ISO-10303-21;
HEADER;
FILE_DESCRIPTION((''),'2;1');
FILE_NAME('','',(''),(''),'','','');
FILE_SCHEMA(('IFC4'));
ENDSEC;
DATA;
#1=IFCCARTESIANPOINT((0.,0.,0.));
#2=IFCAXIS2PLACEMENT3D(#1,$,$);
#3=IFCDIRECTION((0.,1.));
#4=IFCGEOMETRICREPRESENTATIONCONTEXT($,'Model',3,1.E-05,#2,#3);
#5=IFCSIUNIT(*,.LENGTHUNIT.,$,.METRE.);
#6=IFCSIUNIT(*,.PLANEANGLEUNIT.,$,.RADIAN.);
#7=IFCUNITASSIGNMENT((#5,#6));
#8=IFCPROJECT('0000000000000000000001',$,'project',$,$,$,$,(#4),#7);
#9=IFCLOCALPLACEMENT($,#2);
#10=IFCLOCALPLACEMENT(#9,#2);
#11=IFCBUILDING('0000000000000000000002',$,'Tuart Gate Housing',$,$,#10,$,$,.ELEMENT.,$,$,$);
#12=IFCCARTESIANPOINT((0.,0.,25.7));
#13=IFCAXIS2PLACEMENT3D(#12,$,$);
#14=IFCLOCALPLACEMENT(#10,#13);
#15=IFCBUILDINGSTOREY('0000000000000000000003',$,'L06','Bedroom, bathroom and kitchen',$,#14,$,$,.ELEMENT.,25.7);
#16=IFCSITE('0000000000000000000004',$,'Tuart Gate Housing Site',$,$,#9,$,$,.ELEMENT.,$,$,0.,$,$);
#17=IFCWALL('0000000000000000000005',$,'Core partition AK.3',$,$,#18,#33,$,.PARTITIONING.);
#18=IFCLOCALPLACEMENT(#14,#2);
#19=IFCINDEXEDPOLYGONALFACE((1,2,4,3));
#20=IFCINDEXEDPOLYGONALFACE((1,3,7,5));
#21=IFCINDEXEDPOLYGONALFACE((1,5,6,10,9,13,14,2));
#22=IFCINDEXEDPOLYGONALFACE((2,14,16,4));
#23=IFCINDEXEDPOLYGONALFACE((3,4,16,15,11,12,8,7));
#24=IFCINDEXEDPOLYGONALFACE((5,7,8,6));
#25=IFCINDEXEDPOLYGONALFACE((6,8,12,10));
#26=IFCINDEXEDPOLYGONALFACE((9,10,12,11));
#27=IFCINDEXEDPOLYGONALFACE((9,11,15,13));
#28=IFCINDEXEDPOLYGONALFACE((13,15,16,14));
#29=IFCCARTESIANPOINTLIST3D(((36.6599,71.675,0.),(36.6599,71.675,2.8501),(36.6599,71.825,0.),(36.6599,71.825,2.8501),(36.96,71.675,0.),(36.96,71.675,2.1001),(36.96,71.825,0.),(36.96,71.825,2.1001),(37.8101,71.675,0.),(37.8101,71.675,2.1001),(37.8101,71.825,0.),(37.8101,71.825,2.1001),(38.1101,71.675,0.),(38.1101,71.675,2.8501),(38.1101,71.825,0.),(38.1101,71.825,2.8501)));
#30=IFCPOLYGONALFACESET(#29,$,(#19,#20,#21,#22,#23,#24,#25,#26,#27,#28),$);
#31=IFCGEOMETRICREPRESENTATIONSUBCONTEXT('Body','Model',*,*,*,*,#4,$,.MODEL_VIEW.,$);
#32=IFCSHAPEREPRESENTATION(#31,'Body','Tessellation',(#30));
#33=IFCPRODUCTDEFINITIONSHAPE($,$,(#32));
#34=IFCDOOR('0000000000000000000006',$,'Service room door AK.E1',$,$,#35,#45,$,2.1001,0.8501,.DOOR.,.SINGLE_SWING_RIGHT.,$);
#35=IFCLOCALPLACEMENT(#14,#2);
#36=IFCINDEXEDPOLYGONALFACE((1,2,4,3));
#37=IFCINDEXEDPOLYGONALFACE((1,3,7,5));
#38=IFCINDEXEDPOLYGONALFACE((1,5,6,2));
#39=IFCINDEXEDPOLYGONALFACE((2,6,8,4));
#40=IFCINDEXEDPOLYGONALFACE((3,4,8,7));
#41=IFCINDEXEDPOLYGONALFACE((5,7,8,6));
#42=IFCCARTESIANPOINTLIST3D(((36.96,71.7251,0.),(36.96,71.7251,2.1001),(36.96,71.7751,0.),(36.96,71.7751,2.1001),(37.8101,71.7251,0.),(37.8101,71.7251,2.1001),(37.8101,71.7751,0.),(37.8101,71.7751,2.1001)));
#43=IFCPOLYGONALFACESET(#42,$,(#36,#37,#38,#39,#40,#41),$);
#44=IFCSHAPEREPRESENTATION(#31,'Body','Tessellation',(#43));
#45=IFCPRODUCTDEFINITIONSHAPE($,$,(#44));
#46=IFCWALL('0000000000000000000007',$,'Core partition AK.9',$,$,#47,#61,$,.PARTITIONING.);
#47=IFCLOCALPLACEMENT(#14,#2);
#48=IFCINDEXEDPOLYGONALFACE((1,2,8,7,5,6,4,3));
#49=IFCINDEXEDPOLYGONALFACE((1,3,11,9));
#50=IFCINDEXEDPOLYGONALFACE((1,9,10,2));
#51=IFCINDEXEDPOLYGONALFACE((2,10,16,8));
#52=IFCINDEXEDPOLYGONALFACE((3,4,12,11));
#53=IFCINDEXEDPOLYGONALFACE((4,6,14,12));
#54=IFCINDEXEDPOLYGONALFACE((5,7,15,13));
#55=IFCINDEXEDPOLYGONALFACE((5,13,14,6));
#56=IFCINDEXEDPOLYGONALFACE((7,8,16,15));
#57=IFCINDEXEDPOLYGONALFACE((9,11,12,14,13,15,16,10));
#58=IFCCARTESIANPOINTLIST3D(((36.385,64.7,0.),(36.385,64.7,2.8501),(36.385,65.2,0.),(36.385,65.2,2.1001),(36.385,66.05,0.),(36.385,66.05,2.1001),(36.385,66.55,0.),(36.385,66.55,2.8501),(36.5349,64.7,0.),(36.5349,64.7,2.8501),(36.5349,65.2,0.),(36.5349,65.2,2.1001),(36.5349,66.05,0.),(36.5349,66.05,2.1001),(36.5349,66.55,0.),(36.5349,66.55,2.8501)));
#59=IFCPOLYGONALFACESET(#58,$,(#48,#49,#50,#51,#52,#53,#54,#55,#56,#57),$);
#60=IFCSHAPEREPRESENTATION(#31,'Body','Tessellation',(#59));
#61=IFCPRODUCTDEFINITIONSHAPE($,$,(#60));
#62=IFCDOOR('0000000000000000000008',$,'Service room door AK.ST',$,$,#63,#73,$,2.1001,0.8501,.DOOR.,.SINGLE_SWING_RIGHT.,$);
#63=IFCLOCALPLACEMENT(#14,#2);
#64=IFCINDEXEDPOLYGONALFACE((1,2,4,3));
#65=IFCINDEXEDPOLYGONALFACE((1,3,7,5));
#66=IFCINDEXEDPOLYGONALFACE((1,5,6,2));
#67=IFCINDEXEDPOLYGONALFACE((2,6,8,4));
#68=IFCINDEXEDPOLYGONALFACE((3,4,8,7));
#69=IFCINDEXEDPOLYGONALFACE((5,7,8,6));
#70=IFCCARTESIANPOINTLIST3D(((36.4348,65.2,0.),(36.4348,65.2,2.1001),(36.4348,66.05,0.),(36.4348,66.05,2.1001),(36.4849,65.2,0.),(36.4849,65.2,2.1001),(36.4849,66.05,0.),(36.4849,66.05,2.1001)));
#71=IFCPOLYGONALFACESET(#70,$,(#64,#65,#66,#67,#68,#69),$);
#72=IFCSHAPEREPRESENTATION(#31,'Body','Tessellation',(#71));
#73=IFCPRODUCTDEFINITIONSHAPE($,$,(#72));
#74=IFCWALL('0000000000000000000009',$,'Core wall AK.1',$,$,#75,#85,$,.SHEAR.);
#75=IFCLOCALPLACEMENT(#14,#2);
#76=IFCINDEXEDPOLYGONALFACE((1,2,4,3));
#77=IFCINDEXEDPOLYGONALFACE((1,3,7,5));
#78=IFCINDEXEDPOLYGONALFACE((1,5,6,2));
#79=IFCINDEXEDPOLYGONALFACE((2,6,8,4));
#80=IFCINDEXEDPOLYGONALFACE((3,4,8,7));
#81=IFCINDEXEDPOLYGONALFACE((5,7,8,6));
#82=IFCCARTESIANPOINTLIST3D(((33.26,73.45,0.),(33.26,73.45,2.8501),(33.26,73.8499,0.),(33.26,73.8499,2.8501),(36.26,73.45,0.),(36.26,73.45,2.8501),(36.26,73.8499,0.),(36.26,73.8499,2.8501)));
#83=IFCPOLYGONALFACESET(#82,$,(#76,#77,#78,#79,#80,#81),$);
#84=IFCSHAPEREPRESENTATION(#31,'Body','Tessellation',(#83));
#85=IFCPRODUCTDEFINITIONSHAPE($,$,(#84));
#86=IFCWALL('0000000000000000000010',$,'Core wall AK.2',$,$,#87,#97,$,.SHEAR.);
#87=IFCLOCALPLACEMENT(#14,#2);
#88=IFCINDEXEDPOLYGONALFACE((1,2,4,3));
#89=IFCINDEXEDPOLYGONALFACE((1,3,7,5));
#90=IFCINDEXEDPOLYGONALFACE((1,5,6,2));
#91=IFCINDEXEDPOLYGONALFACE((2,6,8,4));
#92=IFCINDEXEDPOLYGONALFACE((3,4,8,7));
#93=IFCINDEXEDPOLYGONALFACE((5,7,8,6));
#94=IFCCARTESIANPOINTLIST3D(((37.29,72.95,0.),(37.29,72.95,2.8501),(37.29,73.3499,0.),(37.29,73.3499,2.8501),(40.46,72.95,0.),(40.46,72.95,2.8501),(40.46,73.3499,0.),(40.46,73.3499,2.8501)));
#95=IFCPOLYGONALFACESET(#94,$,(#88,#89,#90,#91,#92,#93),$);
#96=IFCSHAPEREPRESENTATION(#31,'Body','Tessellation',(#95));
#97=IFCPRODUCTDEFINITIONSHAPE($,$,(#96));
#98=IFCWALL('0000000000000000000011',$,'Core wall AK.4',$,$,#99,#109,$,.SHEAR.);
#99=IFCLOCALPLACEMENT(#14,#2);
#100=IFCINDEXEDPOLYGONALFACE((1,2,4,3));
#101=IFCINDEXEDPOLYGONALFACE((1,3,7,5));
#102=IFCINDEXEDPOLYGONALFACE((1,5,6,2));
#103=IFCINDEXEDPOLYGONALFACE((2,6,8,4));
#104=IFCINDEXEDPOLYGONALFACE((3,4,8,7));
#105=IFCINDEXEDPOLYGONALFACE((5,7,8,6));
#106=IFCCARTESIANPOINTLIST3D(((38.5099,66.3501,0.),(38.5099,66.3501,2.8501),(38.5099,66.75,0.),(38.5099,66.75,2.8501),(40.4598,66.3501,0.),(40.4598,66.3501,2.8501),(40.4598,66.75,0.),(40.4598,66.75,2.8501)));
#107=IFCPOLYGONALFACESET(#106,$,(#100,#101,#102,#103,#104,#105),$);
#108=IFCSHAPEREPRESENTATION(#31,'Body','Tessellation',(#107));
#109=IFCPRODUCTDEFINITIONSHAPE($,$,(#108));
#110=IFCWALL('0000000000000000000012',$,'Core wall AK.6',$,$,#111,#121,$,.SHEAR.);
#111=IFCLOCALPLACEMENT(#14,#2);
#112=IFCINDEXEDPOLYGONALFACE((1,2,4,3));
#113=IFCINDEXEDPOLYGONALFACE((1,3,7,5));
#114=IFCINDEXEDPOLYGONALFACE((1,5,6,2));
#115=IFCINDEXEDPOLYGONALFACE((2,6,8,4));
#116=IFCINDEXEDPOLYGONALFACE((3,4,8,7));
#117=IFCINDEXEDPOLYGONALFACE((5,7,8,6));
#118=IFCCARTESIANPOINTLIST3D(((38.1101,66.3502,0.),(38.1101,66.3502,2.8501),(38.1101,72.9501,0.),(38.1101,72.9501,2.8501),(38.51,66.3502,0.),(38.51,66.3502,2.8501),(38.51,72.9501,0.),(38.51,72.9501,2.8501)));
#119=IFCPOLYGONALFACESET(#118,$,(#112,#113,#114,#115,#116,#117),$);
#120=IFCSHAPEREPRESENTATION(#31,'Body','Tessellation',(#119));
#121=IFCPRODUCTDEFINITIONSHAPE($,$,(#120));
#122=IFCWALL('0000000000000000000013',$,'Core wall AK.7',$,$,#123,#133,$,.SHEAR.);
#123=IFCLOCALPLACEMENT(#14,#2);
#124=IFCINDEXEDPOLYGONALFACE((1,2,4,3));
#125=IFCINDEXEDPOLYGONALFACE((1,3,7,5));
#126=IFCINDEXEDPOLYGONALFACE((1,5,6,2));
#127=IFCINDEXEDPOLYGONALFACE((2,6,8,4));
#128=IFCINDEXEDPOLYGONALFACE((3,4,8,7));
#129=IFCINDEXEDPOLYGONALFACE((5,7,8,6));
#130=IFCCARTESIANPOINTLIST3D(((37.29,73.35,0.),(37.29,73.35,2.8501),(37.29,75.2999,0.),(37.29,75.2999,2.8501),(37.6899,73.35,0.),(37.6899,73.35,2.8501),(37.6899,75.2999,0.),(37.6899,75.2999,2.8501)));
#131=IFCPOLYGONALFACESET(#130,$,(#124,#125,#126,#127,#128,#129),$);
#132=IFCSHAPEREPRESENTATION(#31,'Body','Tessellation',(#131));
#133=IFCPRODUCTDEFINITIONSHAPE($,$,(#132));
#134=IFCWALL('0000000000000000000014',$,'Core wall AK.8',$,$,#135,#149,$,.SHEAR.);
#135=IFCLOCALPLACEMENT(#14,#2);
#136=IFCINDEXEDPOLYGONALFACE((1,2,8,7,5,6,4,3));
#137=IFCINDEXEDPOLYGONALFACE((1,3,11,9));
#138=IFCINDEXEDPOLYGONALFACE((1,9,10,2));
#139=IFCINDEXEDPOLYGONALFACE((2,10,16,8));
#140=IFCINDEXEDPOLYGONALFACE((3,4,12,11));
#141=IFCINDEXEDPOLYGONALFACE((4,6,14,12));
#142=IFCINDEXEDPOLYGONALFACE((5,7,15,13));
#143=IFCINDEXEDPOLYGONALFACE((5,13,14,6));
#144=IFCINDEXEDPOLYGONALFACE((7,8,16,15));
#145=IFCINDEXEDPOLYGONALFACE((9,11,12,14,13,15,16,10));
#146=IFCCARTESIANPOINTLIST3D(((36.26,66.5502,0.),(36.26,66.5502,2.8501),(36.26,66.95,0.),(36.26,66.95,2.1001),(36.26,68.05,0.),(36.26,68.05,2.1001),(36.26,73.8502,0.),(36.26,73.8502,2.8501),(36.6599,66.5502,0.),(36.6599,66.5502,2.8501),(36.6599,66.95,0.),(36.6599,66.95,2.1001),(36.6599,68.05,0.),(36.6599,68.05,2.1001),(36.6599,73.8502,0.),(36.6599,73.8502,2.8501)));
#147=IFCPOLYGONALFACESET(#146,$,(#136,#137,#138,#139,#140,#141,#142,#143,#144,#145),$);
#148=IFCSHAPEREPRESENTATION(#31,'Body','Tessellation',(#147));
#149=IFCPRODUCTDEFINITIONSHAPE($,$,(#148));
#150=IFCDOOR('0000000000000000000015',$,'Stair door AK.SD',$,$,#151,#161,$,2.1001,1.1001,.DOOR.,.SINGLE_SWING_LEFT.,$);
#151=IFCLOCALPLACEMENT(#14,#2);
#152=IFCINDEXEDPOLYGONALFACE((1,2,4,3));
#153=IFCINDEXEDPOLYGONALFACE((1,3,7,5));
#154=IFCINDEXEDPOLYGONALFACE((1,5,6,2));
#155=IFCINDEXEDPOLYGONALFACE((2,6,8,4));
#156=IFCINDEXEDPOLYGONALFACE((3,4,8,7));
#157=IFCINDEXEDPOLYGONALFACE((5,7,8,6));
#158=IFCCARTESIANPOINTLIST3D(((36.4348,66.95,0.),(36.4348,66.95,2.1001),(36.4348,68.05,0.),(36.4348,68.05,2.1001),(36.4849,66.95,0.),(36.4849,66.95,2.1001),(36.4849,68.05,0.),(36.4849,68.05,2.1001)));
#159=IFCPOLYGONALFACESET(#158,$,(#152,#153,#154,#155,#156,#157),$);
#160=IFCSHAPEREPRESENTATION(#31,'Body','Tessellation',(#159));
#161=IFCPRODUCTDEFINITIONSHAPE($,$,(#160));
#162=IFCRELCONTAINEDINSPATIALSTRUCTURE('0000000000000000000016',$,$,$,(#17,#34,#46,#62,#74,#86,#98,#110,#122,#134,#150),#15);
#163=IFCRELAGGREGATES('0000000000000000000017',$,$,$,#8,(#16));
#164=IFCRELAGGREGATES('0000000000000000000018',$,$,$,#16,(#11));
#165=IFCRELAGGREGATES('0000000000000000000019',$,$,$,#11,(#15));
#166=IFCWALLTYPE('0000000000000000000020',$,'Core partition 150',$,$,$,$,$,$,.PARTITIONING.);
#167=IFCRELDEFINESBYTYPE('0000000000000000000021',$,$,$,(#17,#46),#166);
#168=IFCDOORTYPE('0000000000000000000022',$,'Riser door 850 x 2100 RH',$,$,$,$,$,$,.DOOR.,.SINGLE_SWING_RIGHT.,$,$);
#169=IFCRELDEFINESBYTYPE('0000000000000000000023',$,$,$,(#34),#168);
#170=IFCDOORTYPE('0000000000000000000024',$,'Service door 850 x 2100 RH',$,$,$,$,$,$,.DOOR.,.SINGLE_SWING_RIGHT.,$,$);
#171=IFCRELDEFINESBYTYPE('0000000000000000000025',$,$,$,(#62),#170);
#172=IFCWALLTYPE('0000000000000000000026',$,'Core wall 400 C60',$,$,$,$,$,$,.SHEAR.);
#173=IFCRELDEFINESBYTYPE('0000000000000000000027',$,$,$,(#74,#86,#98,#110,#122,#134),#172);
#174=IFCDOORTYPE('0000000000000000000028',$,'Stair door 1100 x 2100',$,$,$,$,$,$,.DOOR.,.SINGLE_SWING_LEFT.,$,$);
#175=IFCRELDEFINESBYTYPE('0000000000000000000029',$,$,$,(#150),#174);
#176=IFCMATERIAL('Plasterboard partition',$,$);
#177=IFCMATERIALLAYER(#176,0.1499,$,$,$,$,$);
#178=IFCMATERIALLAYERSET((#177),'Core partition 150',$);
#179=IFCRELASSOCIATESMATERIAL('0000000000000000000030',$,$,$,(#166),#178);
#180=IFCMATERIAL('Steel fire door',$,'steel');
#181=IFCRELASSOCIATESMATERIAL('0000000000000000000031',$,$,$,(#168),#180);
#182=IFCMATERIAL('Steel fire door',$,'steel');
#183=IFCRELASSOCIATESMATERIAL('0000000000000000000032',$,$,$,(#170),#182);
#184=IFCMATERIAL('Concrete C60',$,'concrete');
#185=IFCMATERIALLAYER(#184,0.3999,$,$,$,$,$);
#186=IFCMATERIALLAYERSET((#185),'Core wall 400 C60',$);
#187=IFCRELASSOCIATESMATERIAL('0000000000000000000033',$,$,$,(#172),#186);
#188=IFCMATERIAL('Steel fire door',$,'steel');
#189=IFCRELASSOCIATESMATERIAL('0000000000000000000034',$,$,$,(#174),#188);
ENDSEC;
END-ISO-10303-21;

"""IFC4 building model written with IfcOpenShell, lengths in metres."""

from ifc_helpers import new_model, si_unit, direction, frame, frame_2d, origin, place, context, subcontext, project, spatial, rectangle, extrude, material, layer, layer_set, type_object, element, fill, save


model = new_model("IFC4")

# Units and contexts
model_context = context("Model", 3, precision=1e-05, world=origin(), true_north=direction((0.0, 1.0)))
body_context = subcontext(model_context, "Body", "Model", "MODEL_VIEW")
ifc_project = project(units=[si_unit("LENGTHUNIT", "METRE"), si_unit("PLANEANGLEUNIT", "RADIAN")], contexts=[model_context])

# Site, building, storey
site_placement = place(None, origin())
site = spatial("IfcSite", under=ifc_project, at=site_placement, Name="Tuart Gate Housing Site", CompositionType="ELEMENT", RefElevation=0.0)
building_placement = place(site_placement, origin())
building = spatial("IfcBuilding", under=site, at=building_placement, Name="Tuart Gate Housing", CompositionType="ELEMENT")
storey_placement = place(building_placement, frame((0.0, 0.0, 25.7)))
storey = spatial("IfcBuildingStorey", under=building, at=storey_placement, Name="L06", Description="Bedroom, bathroom and kitchen", CompositionType="ELEMENT", Elevation=25.7)

# Walls, openings, doors
ifc_material_1 = material(Name="Plasterboard partition")
ifc_layer_1 = layer(ifc_material_1, 0.1499)
ifc_layer_set_1 = layer_set([ifc_layer_1], Name="Core partition 150")
wall_type_1 = type_object("IfcWallType", Name="Core partition 150", PredefinedType="PARTITIONING", material=ifc_layer_set_1)
wall_1_placement = place(storey_placement, frame((38.1101, 71.75, 0.0), z_axis=(0.0, 0.0, 1.0), x_axis=(-1.0, 0.0, 0.0)))
wall_1 = element("IfcWall", 1, at=wall_1_placement, inside=storey, type_object=wall_type_1, Name="Core partition AK.3", PredefinedType="PARTITIONING", context=body_context, shape_type="SweptSolid", body=[
    extrude(rectangle(XDim=1.4502, YDim=0.1499, at=frame_2d((0.7251, 0.0))), origin(), (0.0, 0.0, 1.0), 2.8501),
])
opening_1_placement = place(wall_1_placement, frame((0.3, 0.0, 0.0)))
opening_1 = element("IfcOpeningElement", 2, at=opening_1_placement, cuts=wall_1, PredefinedType="OPENING", context=body_context, shape_type="SweptSolid", body=[
    extrude(rectangle(XDim=0.8501, YDim=2.1001, at=frame_2d((0.425, 1.05))), frame((0.0, 0.085, 0.0), z_axis=(0.0, -1.0, 0.0), x_axis=(1.0, 0.0, 0.0)), (0.0, 0.0, 1.0), 0.1699),
])
ifc_material_2 = material(Name="Steel fire door", Category="steel")
door_type_1 = type_object("IfcDoorType", Name="Riser door 850 x 2100 RH", OperationType="SINGLE_SWING_RIGHT", PredefinedType="DOOR", material=ifc_material_2)
door_1_placement = place(opening_1_placement, frame((0.8501, 0.0, 0.0), z_axis=(0.0, 0.0, 1.0), x_axis=(-1.0, 0.0, 0.0)))
door_1 = element("IfcDoor", 3, at=door_1_placement, inside=storey, type_object=door_type_1, Name="Service room door AK.E1", OperationType="SINGLE_SWING_RIGHT", OverallHeight=2.1001, OverallWidth=0.8501, PredefinedType="DOOR", context=body_context, shape_type="SweptSolid", body=[
    extrude(rectangle(XDim=0.8501, YDim=2.1001, at=frame_2d((0.425, 1.05))), frame((0.0, 0.0251, 0.0), z_axis=(0.0, -1.0, 0.0), x_axis=(1.0, 0.0, 0.0)), (0.0, 0.0, 1.0), 0.05),
])
fill(opening_1, door_1)
wall_2_placement = place(storey_placement, frame((36.46, 66.55, 0.0), z_axis=(0.0, 0.0, 1.0), x_axis=(0.0, -1.0, 0.0)))
wall_2 = element("IfcWall", 4, at=wall_2_placement, inside=storey, type_object=wall_type_1, Name="Core partition AK.9", PredefinedType="PARTITIONING", context=body_context, shape_type="SweptSolid", body=[
    extrude(rectangle(XDim=1.8501, YDim=0.1499, at=frame_2d((0.925, 0.0))), origin(), (0.0, 0.0, 1.0), 2.8501),
])
opening_2_placement = place(wall_2_placement, frame((0.5, 0.0, 0.0)))
opening_2 = element("IfcOpeningElement", 5, at=opening_2_placement, cuts=wall_2, PredefinedType="OPENING", context=body_context, shape_type="SweptSolid", body=[
    extrude(rectangle(XDim=0.8501, YDim=2.1001, at=frame_2d((0.425, 1.05))), frame((0.0, 0.085, 0.0), z_axis=(0.0, -1.0, 0.0), x_axis=(1.0, 0.0, 0.0)), (0.0, 0.0, 1.0), 0.1699),
])
ifc_material_3 = material(Name="Steel fire door", Category="steel")
door_type_2 = type_object("IfcDoorType", Name="Service door 850 x 2100 RH", OperationType="SINGLE_SWING_RIGHT", PredefinedType="DOOR", material=ifc_material_3)
door_2_placement = place(opening_2_placement, frame((0.8501, 0.0, 0.0), z_axis=(0.0, 0.0, 1.0), x_axis=(-1.0, 0.0, 0.0)))
door_2 = element("IfcDoor", 6, at=door_2_placement, inside=storey, type_object=door_type_2, Name="Service room door AK.ST", OperationType="SINGLE_SWING_RIGHT", OverallHeight=2.1001, OverallWidth=0.8501, PredefinedType="DOOR", context=body_context, shape_type="SweptSolid", body=[
    extrude(rectangle(XDim=0.8501, YDim=2.1001, at=frame_2d((0.425, 1.05))), frame((0.0, 0.0251, 0.0), z_axis=(0.0, -1.0, 0.0), x_axis=(1.0, 0.0, 0.0)), (0.0, 0.0, 1.0), 0.05),
])
fill(opening_2, door_2)

# Walls
ifc_material_4 = material(Name="Concrete C60", Category="concrete")
ifc_layer_2 = layer(ifc_material_4, 0.3999)
ifc_layer_set_2 = layer_set([ifc_layer_2], Name="Core wall 400 C60")
wall_type_2 = type_object("IfcWallType", Name="Core wall 400 C60", PredefinedType="SHEAR", material=ifc_layer_set_2)
wall_3_placement = place(storey_placement, frame((36.26, 73.6499, 0.0), z_axis=(0.0, 0.0, 1.0), x_axis=(-1.0, 0.0, 0.0)))
element("IfcWall", 7, at=wall_3_placement, inside=storey, type_object=wall_type_2, Name="Core wall AK.1", PredefinedType="SHEAR", context=body_context, shape_type="SweptSolid", body=[
    extrude(rectangle(XDim=3.0, YDim=0.3999, at=frame_2d((1.5, 0.0))), origin(), (0.0, 0.0, 1.0), 2.8501),
])
wall_4_placement = place(storey_placement, frame((40.46, 73.1499, 0.0), z_axis=(0.0, 0.0, 1.0), x_axis=(-1.0, 0.0, 0.0)))
element("IfcWall", 8, at=wall_4_placement, inside=storey, type_object=wall_type_2, Name="Core wall AK.2", PredefinedType="SHEAR", context=body_context, shape_type="SweptSolid", body=[
    extrude(rectangle(XDim=3.1699, YDim=0.3999, at=frame_2d((1.585, 0.0))), origin(), (0.0, 0.0, 1.0), 2.8501),
])
wall_5_placement = place(storey_placement, frame((40.46, 66.55, 0.0), z_axis=(0.0, 0.0, 1.0), x_axis=(-1.0, 0.0, 0.0)))
element("IfcWall", 9, at=wall_5_placement, inside=storey, type_object=wall_type_2, Name="Core wall AK.4", PredefinedType="SHEAR", context=body_context, shape_type="SweptSolid", body=[
    extrude(rectangle(XDim=1.95, YDim=0.3999, at=frame_2d((0.9751, 0.0))), origin(), (0.0, 0.0, 1.0), 2.8501),
])
wall_6_placement = place(storey_placement, frame((38.3101, 72.95, 0.0), z_axis=(0.0, 0.0, 1.0), x_axis=(0.0, -1.0, 0.0)))
element("IfcWall", 10, at=wall_6_placement, inside=storey, type_object=wall_type_2, Name="Core wall AK.6", PredefinedType="SHEAR", context=body_context, shape_type="SweptSolid", body=[
    extrude(rectangle(XDim=6.5999, YDim=0.3999, at=frame_2d((3.2998, 0.0))), origin(), (0.0, 0.0, 1.0), 2.8501),
])
wall_7_placement = place(storey_placement, frame((37.49, 75.3, 0.0), z_axis=(0.0, 0.0, 1.0), x_axis=(0.0, -1.0, 0.0)))
element("IfcWall", 11, at=wall_7_placement, inside=storey, type_object=wall_type_2, Name="Core wall AK.7", PredefinedType="SHEAR", context=body_context, shape_type="SweptSolid", body=[
    extrude(rectangle(XDim=1.95, YDim=0.3999, at=frame_2d((0.9751, 0.0))), origin(), (0.0, 0.0, 1.0), 2.8501),
])

# Wall, opening, door
wall_8_placement = place(storey_placement, frame((36.46, 73.8501, 0.0), z_axis=(0.0, 0.0, 1.0), x_axis=(0.0, -1.0, 0.0)))
wall_8 = element("IfcWall", 12, at=wall_8_placement, inside=storey, type_object=wall_type_2, Name="Core wall AK.8", PredefinedType="SHEAR", context=body_context, shape_type="SweptSolid", body=[
    extrude(rectangle(XDim=7.3, YDim=0.3999, at=frame_2d((3.6499, 0.0))), origin(), (0.0, 0.0, 1.0), 2.8501),
])
opening_3_placement = place(wall_8_placement, frame((5.8, 0.0, 0.0)))
opening_3 = element("IfcOpeningElement", 13, at=opening_3_placement, cuts=wall_8, PredefinedType="OPENING", context=body_context, shape_type="SweptSolid", body=[
    extrude(rectangle(XDim=1.1001, YDim=2.1001, at=frame_2d((0.55, 1.05))), frame((0.0, 0.21, 0.0), z_axis=(0.0, -1.0, 0.0), x_axis=(1.0, 0.0, 0.0)), (0.0, 0.0, 1.0), 0.4199),
])
ifc_material_5 = material(Name="Steel fire door", Category="steel")
door_type_3 = type_object("IfcDoorType", Name="Stair door 1100 x 2100", OperationType="SINGLE_SWING_LEFT", PredefinedType="DOOR", material=ifc_material_5)
door_3_placement = place(opening_3_placement, frame((1.1001, 0.0, 0.0), z_axis=(0.0, 0.0, 1.0), x_axis=(-1.0, 0.0, 0.0)))
door_3 = element("IfcDoor", 14, at=door_3_placement, inside=storey, type_object=door_type_3, Name="Stair door AK.SD", OperationType="SINGLE_SWING_LEFT", OverallHeight=2.1001, OverallWidth=1.1001, PredefinedType="DOOR", context=body_context, shape_type="SweptSolid", body=[
    extrude(rectangle(XDim=1.1001, YDim=2.1001, at=frame_2d((0.55, 1.05))), frame((0.0, 0.0251, 0.0), z_axis=(0.0, -1.0, 0.0), x_axis=(1.0, 0.0, 0.0)), (0.0, 0.0, 1.0), 0.05),
])
fill(opening_3, door_3)

save(model, "model.ifc")
